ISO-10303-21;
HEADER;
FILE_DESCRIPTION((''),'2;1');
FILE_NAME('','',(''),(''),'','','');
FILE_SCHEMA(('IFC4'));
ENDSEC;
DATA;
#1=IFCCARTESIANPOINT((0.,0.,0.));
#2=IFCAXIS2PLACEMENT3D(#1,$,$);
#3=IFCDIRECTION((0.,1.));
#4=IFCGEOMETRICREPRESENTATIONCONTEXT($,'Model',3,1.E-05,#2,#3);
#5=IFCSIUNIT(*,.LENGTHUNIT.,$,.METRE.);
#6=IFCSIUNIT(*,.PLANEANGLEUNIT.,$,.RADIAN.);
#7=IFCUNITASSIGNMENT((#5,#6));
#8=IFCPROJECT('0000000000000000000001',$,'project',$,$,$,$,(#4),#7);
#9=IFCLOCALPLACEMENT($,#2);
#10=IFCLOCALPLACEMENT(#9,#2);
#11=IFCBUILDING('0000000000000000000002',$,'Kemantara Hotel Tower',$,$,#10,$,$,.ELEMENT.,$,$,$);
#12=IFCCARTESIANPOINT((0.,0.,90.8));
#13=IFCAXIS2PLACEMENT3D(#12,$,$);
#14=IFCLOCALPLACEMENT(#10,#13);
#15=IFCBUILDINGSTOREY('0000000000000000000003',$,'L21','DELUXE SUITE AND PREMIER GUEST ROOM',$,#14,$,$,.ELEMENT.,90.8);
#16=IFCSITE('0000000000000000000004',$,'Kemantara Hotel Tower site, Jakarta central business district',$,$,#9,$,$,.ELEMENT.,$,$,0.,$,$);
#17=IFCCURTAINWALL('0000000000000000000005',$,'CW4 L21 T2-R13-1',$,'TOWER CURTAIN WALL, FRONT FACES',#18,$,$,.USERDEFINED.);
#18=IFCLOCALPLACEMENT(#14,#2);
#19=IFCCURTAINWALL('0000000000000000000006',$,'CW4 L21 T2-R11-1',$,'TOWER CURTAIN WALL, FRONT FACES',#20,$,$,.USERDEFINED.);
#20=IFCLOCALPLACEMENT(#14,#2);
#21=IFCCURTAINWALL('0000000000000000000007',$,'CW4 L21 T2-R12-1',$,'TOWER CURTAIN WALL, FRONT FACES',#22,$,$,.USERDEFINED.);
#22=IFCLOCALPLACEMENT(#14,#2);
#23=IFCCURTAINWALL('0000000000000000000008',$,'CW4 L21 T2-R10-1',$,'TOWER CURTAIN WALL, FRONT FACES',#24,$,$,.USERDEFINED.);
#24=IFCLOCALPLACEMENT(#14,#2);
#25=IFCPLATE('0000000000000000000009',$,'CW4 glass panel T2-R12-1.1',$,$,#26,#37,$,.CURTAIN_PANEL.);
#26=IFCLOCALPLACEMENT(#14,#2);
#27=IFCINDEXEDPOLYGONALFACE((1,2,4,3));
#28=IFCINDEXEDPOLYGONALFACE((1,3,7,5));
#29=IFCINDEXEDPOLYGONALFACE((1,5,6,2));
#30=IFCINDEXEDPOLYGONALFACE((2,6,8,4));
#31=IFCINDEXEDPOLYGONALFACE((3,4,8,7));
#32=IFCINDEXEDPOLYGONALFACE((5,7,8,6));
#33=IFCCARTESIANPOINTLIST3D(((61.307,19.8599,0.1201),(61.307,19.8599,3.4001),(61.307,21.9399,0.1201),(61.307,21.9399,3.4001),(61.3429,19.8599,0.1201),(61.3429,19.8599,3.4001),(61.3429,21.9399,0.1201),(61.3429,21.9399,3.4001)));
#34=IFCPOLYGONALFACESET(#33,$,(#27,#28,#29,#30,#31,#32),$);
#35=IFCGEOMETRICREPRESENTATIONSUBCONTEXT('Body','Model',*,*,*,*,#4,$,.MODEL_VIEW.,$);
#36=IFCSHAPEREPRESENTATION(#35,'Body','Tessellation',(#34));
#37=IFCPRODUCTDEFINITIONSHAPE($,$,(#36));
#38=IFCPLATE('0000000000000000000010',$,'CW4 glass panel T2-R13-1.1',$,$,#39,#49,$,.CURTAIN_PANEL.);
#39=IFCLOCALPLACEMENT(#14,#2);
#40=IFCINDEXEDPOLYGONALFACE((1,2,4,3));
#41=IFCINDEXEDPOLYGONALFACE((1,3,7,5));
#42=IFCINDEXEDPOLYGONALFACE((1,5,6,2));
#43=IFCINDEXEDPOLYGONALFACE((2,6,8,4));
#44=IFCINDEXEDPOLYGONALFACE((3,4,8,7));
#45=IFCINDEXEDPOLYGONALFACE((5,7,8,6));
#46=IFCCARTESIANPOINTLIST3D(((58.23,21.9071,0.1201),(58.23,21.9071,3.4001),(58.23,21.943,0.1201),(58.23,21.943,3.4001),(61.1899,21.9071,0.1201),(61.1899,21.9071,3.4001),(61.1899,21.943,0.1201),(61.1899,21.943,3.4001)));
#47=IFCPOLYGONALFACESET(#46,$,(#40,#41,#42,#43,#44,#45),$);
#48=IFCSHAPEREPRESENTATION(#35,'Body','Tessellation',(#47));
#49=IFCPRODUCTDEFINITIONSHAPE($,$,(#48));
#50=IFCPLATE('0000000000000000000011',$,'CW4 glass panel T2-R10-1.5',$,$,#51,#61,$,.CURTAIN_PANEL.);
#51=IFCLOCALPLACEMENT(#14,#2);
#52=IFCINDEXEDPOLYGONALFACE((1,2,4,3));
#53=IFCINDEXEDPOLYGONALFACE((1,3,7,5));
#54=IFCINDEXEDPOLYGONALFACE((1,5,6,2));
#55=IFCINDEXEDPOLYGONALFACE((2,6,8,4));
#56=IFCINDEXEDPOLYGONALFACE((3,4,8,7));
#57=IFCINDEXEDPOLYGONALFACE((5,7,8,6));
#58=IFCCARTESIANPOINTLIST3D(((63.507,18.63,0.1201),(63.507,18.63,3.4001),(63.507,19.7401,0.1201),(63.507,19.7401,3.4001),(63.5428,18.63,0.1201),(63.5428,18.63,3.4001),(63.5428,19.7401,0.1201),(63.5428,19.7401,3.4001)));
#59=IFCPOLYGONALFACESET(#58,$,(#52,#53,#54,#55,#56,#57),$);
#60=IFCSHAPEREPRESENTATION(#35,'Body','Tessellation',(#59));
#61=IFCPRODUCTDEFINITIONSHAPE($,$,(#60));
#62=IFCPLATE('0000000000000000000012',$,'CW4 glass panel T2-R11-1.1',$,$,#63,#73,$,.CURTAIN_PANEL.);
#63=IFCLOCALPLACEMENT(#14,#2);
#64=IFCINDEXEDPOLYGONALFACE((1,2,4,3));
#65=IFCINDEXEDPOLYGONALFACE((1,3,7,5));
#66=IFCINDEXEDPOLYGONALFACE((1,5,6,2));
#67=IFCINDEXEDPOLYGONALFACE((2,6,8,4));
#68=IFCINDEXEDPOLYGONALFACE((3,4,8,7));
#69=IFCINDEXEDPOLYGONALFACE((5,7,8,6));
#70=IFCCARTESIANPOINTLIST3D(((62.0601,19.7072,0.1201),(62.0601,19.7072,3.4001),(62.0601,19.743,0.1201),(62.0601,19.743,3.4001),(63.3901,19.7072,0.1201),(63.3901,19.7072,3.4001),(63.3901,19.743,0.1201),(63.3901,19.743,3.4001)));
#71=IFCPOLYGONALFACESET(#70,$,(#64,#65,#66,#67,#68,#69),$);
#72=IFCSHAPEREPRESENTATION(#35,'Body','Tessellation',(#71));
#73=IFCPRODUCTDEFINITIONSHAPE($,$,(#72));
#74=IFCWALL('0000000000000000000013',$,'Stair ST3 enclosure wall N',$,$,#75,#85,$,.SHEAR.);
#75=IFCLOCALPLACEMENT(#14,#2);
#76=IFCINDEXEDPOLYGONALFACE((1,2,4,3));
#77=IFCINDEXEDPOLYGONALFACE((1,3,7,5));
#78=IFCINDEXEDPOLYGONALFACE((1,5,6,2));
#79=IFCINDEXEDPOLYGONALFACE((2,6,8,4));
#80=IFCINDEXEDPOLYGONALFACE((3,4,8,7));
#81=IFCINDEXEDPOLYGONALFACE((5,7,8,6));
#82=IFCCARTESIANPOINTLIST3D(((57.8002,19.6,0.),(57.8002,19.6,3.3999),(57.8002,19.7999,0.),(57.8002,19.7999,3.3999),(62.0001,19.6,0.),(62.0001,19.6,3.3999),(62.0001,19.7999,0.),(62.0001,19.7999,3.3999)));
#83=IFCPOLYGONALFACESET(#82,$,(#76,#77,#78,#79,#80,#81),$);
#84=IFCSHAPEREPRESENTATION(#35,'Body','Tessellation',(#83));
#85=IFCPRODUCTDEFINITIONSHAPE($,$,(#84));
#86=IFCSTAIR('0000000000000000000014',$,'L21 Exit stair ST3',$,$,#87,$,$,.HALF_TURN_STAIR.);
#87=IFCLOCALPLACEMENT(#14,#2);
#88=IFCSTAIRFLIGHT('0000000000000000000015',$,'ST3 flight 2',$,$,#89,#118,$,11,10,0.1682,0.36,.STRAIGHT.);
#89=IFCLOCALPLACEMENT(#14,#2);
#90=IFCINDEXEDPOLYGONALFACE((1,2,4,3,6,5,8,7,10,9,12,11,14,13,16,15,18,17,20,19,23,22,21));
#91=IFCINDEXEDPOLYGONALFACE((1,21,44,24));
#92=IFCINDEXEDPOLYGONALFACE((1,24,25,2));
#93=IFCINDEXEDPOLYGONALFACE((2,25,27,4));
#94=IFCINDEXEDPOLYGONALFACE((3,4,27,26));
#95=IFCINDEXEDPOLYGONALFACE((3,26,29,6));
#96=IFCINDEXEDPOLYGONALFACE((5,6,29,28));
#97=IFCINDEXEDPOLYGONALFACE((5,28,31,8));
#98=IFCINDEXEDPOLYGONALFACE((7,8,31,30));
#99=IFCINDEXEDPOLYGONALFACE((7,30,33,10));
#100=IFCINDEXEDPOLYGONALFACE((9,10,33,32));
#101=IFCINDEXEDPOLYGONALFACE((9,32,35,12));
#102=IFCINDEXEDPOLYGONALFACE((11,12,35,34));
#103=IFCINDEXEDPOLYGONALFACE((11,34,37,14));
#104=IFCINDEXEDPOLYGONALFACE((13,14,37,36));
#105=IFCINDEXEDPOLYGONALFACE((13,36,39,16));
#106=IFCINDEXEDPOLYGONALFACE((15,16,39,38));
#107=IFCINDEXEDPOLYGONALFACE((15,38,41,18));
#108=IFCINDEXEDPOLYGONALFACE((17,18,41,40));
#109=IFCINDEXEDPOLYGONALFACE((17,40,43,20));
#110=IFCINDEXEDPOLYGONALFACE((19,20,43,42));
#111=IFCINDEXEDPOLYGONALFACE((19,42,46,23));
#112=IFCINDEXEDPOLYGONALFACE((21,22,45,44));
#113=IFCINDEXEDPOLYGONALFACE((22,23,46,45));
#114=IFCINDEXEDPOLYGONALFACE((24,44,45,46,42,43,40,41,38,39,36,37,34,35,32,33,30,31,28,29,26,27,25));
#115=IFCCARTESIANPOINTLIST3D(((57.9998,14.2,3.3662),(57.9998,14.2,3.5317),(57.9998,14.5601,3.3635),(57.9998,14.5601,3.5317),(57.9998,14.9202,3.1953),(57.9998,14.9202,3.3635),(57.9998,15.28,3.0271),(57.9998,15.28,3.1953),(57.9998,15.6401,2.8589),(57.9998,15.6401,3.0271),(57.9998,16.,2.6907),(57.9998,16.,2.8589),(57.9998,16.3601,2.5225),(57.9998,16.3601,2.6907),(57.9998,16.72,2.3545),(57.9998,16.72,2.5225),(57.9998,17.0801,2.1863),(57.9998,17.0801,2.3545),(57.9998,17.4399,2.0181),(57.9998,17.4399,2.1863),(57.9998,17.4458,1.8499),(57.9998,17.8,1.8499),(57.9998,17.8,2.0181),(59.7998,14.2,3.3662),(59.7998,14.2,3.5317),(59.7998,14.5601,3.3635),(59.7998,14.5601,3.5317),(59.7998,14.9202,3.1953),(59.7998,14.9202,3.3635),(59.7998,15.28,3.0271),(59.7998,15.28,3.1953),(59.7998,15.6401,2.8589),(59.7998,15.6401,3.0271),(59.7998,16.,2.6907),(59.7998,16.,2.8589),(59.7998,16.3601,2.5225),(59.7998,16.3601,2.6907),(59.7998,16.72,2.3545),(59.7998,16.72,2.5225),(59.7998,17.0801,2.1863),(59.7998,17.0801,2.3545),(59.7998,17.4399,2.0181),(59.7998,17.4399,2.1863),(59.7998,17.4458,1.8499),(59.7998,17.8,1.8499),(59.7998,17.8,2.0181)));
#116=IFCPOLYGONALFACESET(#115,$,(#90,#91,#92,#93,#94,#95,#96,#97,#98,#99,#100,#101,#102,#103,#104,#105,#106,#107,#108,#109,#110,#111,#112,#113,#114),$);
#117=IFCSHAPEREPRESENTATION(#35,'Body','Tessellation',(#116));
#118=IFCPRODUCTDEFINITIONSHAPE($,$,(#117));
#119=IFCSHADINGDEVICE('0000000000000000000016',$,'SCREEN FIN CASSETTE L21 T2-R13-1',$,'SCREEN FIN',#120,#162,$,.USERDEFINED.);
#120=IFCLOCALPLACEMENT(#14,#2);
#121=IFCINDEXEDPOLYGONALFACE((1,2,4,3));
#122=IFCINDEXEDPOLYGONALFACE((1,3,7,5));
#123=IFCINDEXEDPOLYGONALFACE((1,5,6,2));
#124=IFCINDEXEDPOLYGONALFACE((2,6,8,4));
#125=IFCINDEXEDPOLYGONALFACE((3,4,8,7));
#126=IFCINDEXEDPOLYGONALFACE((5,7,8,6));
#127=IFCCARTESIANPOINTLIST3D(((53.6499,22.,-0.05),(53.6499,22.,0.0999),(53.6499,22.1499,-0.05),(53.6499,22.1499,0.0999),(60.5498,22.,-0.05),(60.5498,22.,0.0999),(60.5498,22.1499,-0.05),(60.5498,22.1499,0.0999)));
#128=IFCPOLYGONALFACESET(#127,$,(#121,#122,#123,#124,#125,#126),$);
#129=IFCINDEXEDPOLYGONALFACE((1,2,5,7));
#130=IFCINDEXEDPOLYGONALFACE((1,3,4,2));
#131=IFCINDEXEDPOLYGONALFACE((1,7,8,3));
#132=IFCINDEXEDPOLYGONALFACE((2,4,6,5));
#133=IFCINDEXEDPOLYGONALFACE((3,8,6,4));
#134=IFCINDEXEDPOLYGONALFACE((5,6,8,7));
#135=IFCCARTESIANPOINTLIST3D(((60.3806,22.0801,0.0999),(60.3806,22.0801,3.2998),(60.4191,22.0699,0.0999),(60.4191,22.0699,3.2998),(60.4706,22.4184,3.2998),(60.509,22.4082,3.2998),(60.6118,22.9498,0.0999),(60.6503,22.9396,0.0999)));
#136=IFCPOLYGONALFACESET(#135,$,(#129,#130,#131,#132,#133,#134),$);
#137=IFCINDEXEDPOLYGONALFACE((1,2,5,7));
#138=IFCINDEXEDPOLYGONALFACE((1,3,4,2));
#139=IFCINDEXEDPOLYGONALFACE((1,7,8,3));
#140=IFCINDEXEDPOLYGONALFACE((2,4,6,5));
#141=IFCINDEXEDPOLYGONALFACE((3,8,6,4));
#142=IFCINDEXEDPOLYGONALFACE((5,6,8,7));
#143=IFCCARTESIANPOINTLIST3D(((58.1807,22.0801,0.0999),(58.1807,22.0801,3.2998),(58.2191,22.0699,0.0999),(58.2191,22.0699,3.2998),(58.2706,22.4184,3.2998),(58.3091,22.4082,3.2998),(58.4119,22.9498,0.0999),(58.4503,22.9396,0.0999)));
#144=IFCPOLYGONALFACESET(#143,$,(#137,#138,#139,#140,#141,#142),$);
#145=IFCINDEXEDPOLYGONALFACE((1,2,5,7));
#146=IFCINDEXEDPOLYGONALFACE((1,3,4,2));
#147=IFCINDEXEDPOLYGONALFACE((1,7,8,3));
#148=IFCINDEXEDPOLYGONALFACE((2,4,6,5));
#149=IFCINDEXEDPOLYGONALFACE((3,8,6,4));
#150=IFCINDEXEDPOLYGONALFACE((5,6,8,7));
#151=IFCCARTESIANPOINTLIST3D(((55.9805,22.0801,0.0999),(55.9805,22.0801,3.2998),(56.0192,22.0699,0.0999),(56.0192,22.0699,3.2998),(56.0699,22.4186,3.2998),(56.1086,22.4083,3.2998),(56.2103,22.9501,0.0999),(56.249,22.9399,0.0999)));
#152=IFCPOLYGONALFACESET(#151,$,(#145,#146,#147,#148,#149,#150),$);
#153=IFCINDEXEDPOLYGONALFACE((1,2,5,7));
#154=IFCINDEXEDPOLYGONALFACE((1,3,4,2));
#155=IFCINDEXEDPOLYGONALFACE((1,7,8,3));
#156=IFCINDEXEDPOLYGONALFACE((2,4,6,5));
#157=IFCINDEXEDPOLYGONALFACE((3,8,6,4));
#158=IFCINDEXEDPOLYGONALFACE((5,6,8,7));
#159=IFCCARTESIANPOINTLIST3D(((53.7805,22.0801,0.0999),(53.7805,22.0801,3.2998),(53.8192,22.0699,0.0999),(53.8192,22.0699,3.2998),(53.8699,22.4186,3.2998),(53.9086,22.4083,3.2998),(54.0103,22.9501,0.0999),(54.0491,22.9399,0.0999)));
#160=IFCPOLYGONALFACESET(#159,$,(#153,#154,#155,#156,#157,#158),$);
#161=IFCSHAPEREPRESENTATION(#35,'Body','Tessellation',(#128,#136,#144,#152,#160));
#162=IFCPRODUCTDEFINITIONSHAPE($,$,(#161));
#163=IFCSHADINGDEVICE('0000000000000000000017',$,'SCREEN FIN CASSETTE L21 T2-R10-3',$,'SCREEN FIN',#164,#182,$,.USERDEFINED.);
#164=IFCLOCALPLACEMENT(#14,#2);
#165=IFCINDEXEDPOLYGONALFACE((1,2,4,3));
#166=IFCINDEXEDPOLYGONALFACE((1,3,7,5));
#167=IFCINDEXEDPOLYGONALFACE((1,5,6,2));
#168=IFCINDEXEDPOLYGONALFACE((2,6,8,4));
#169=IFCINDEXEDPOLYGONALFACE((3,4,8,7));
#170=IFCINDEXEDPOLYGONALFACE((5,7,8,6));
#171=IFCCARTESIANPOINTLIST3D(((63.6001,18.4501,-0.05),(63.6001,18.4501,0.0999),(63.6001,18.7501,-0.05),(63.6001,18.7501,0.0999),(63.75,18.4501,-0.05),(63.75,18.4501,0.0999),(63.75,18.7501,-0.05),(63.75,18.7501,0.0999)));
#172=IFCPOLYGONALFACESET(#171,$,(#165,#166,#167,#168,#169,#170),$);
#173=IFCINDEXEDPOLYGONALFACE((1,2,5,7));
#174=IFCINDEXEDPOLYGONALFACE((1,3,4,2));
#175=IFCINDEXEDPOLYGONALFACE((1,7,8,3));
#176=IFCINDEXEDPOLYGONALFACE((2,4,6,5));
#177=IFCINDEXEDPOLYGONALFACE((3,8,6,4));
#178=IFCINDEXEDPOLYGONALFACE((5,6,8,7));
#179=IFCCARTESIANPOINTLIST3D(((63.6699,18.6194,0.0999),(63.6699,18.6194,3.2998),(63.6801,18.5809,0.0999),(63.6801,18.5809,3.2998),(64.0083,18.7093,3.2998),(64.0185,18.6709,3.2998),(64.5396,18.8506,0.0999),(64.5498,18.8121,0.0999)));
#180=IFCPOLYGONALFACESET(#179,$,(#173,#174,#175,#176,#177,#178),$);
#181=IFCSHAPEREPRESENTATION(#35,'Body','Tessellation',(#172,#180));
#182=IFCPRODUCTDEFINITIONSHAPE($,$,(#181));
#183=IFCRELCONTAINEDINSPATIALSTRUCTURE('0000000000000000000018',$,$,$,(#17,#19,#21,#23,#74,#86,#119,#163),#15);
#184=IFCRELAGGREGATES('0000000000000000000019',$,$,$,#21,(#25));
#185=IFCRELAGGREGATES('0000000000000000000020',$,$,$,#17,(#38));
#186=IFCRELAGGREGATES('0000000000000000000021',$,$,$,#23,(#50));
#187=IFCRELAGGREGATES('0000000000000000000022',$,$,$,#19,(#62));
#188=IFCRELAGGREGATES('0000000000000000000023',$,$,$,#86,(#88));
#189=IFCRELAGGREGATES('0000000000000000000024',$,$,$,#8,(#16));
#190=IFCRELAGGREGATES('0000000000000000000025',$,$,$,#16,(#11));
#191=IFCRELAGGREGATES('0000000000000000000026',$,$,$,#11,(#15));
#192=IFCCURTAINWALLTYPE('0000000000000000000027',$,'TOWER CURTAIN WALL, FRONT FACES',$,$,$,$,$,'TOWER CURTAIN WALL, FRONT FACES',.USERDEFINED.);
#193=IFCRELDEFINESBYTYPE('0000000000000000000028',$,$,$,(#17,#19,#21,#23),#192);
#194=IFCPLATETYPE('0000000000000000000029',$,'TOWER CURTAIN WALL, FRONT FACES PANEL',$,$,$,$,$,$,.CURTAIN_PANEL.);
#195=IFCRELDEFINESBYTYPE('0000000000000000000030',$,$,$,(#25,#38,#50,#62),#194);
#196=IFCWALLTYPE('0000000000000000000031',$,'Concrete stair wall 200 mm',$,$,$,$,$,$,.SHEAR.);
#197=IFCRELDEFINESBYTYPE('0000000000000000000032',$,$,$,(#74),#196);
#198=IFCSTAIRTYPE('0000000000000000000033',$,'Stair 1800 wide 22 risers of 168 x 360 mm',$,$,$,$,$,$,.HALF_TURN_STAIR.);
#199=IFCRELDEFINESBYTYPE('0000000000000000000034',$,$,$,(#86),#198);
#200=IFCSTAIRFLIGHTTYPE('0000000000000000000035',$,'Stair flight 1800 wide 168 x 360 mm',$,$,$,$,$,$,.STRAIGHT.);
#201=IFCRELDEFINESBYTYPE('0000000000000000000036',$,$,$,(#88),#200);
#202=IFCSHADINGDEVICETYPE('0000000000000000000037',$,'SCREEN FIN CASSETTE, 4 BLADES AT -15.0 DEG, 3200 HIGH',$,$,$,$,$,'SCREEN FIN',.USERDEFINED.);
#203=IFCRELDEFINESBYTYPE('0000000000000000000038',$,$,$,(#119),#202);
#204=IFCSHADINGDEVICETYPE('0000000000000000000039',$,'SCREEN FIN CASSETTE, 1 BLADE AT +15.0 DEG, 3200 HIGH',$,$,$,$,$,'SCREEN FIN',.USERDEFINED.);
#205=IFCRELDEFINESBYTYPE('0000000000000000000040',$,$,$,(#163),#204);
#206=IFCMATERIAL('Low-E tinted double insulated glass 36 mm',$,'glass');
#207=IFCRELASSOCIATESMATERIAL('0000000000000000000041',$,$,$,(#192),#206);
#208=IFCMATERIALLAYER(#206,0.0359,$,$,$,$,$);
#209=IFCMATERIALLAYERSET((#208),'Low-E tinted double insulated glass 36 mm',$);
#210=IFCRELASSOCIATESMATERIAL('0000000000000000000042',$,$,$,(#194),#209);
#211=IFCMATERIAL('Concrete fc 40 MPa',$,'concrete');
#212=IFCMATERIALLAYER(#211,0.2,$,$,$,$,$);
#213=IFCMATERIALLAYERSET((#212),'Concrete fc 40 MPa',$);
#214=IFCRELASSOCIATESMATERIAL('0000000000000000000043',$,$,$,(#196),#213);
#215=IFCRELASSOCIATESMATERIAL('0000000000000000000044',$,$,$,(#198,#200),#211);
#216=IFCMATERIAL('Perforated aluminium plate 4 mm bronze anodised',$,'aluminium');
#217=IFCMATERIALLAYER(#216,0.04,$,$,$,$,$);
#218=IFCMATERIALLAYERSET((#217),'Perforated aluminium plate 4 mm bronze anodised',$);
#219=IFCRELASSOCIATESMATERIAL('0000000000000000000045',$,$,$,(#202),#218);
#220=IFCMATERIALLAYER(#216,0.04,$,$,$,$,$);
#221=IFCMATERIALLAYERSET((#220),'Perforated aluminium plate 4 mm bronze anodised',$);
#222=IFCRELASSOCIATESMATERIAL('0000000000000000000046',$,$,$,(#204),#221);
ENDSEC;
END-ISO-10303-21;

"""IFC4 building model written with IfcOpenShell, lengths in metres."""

from ifc_helpers import new_model, si_unit, direction, frame, frame_2d, origin, origin_2d, place, context, subcontext, project, spatial, polyline, rectangle, outline, extrude, source, transform, mapped, material, layer, layer_set, type_object, element, aggregate, save


model = new_model("IFC4")

# Units and contexts
model_context = context("Model", 3, precision=1e-05, world=origin(), true_north=direction((0.0, 1.0)))
body_context = subcontext(model_context, "Body", "Model", "MODEL_VIEW")
ifc_project = project(units=[si_unit("LENGTHUNIT", "METRE"), si_unit("PLANEANGLEUNIT", "RADIAN")], contexts=[model_context])

# Site, building, storey
site_placement = place(None, origin())
site = spatial("IfcSite", under=ifc_project, at=site_placement, Name="Kemantara Hotel Tower site, Jakarta central business district", CompositionType="ELEMENT", RefElevation=0.0)
building_placement = place(site_placement, origin())
building = spatial("IfcBuilding", under=site, at=building_placement, Name="Kemantara Hotel Tower", CompositionType="ELEMENT")
storey_placement = place(building_placement, frame((0.0, 0.0, 90.8)))
storey = spatial("IfcBuildingStorey", under=building, at=storey_placement, Name="L21", Description="DELUXE SUITE AND PREMIER GUEST ROOM", CompositionType="ELEMENT", Elevation=90.8)

# Curtain walls
ifc_material_1 = material(Name="Low-E tinted double insulated glass 36 mm", Category="glass")
curtain_wall_type = type_object("IfcCurtainWallType", Name="TOWER CURTAIN WALL, FRONT FACES", ElementType="TOWER CURTAIN WALL, FRONT FACES", PredefinedType="USERDEFINED", material=ifc_material_1)
curtain_wall_1_placement = place(storey_placement, origin())
curtain_wall_1 = element("IfcCurtainWall", 1, at=curtain_wall_1_placement, inside=storey, type_object=curtain_wall_type, Name="CW4 L21 T2-R13-1", ObjectType="TOWER CURTAIN WALL, FRONT FACES", PredefinedType="USERDEFINED")
curtain_wall_2_placement = place(storey_placement, origin())
curtain_wall_2 = element("IfcCurtainWall", 2, at=curtain_wall_2_placement, inside=storey, type_object=curtain_wall_type, Name="CW4 L21 T2-R11-1", ObjectType="TOWER CURTAIN WALL, FRONT FACES", PredefinedType="USERDEFINED")
curtain_wall_3_placement = place(storey_placement, origin())
curtain_wall_3 = element("IfcCurtainWall", 3, at=curtain_wall_3_placement, inside=storey, type_object=curtain_wall_type, Name="CW4 L21 T2-R12-1", ObjectType="TOWER CURTAIN WALL, FRONT FACES", PredefinedType="USERDEFINED")

# Curtain wall
curtain_wall_4_placement = place(storey_placement, origin())
curtain_wall_4 = element("IfcCurtainWall", 4, at=curtain_wall_4_placement, inside=storey, type_object=curtain_wall_type, Name="CW4 L21 T2-R10-1", ObjectType="TOWER CURTAIN WALL, FRONT FACES", PredefinedType="USERDEFINED")

# Plates
ifc_layer_1 = layer(ifc_material_1, 0.0359)
ifc_layer_set_1 = layer_set([ifc_layer_1], Name="Low-E tinted double insulated glass 36 mm")
plate_type = type_object("IfcPlateType", Name="TOWER CURTAIN WALL, FRONT FACES PANEL", PredefinedType="CURTAIN_PANEL", material=ifc_layer_set_1)
shared_shape_1 = source(origin(), body_context, "Body", "SweptSolid", [
    extrude(rectangle(XDim=2.0801, YDim=0.0359, at=origin_2d()), origin(), (0.0, 0.0, 1.0), 3.28),
])
plate_1_placement = place(storey_placement, frame((61.325, 20.8999, 0.1201), z_axis=(0.0, 0.0, 1.0), x_axis=(0.0, 1.0, 0.0)))
plate_1 = element("IfcPlate", 5, at=plate_1_placement, type_object=plate_type, Name="CW4 glass panel T2-R12-1.1", PredefinedType="CURTAIN_PANEL", context=body_context, shape_type="MappedRepresentation", body=[
    mapped(shared_shape_1, transform((0.0, 0.0, 0.0))),
])
aggregate(curtain_wall_3, [plate_1])
shared_shape_2 = source(origin(), body_context, "Body", "SweptSolid", [
    extrude(rectangle(XDim=2.96, YDim=0.0359, at=origin_2d()), origin(), (0.0, 0.0, 1.0), 3.28),
])
plate_2_placement = place(storey_placement, frame((59.71, 21.925, 0.1201), z_axis=(0.0, 0.0, 1.0), x_axis=(-1.0, 0.0, 0.0)))
plate_2 = element("IfcPlate", 6, at=plate_2_placement, type_object=plate_type, Name="CW4 glass panel T2-R13-1.1", PredefinedType="CURTAIN_PANEL", context=body_context, shape_type="MappedRepresentation", body=[
    mapped(shared_shape_2, transform((0.0, 0.0, 0.0))),
])
aggregate(curtain_wall_1, [plate_2])
shared_shape_3 = source(origin(), body_context, "Body", "SweptSolid", [
    extrude(rectangle(XDim=1.1101, YDim=0.0359, at=origin_2d()), origin(), (0.0, 0.0, 1.0), 3.28),
])
plate_3_placement = place(storey_placement, frame((63.5249, 19.1851, 0.1201), z_axis=(0.0, 0.0, 1.0), x_axis=(0.0, 1.0, 0.0)))
plate_3 = element("IfcPlate", 7, at=plate_3_placement, type_object=plate_type, Name="CW4 glass panel T2-R10-1.5", PredefinedType="CURTAIN_PANEL", context=body_context, shape_type="MappedRepresentation", body=[
    mapped(shared_shape_3, transform((0.0, 0.0, 0.0))),
])
aggregate(curtain_wall_4, [plate_3])
shared_shape_4 = source(origin(), body_context, "Body", "SweptSolid", [
    extrude(rectangle(XDim=1.3301, YDim=0.0359, at=origin_2d()), origin(), (0.0, 0.0, 1.0), 3.28),
])
plate_4_placement = place(storey_placement, frame((62.7251, 19.7251, 0.1201), z_axis=(0.0, 0.0, 1.0), x_axis=(-1.0, 0.0, 0.0)))
plate_4 = element("IfcPlate", 8, at=plate_4_placement, type_object=plate_type, Name="CW4 glass panel T2-R11-1.1", PredefinedType="CURTAIN_PANEL", context=body_context, shape_type="MappedRepresentation", body=[
    mapped(shared_shape_4, transform((0.0, 0.0, 0.0))),
])
aggregate(curtain_wall_2, [plate_4])

# Wall
ifc_material_2 = material(Name="Concrete fc 40 MPa", Category="concrete")
ifc_layer_2 = layer(ifc_material_2, 0.2)
ifc_layer_set_2 = layer_set([ifc_layer_2], Name="Concrete fc 40 MPa")
wall_type = type_object("IfcWallType", Name="Concrete stair wall 200 mm", PredefinedType="SHEAR", material=ifc_layer_set_2)
wall_placement = place(storey_placement, frame((57.8, 19.7, 0.0), z_axis=(0.0, 0.0, 1.0), x_axis=(1.0, 0.0, 0.0)))
element("IfcWall", 9, at=wall_placement, inside=storey, type_object=wall_type, Name="Stair ST3 enclosure wall N", PredefinedType="SHEAR", context=body_context, shape_type="SweptSolid", body=[
    extrude(rectangle(XDim=4.2, YDim=0.2, at=frame_2d((2.1001, 0.0))), origin(), (0.0, 0.0, 1.0), 3.3999),
])

# Stair, stair flight
stair_type = type_object("IfcStairType", Name="Stair 1800 wide 22 risers of 168 x 360 mm", PredefinedType="HALF_TURN_STAIR", material=ifc_material_2)
stair_placement = place(storey_placement, origin())
stair = element("IfcStair", 10, at=stair_placement, inside=storey, type_object=stair_type, Name="L21 Exit stair ST3", PredefinedType="HALF_TURN_STAIR")
stair_flight_type = type_object("IfcStairFlightType", Name="Stair flight 1800 wide 168 x 360 mm", PredefinedType="STRAIGHT", material=ifc_material_2)
stair_flight_placement = place(storey_placement, frame((58.8999, 17.8, 1.8499), z_axis=(0.0, 0.0, 1.0), x_axis=(0.0, -1.0, 0.0)))
stair_flight = element("IfcStairFlight", 11, at=stair_flight_placement, type_object=stair_flight_type, Name="ST3 flight 2", NumberOfRisers=11, NumberOfTreads=10, PredefinedType="STRAIGHT", RiserHeight=0.1682, TreadLength=0.36, context=body_context, shape_type="SweptSolid", body=[
    extrude(outline(polyline([(0.0, 0.0), (0.0, 0.1682), (0.3601, 0.1682), (0.3601, 0.3364), (0.72, 0.3364), (0.72, 0.5046), (1.0801, 0.5046), (1.0801, 0.6726), (1.4399, 0.6726), (1.4399, 0.8408), (1.8, 0.8408), (1.8, 1.009), (2.1599, 1.009), (2.1599, 1.1772), (2.52, 1.1772), (2.52, 1.3455), (2.8799, 1.3455), (2.8799, 1.5137), (3.24, 1.5137), (3.24, 1.6819), (3.6001, 1.6819), (3.6001, 1.8501), (3.6001, 1.5164), (0.3542, 0.0), (0.0, 0.0)])), frame((0.0, 0.8999, 0.0), z_axis=(0.0, -1.0, 0.0), x_axis=(1.0, 0.0, 0.0)), (0.0, 0.0, 1.0), 1.8),
])
aggregate(stair, [stair_flight])

# Shading devices
ifc_material_3 = material(Name="Perforated aluminium plate 4 mm bronze anodised", Category="aluminium")
ifc_layer_3 = layer(ifc_material_3, 0.04)
ifc_layer_set_3 = layer_set([ifc_layer_3], Name="Perforated aluminium plate 4 mm bronze anodised")
shading_device_type_1 = type_object("IfcShadingDeviceType", Name="SCREEN FIN CASSETTE, 4 BLADES AT -15.0 DEG, 3200 HIGH", ElementType="SCREEN FIN", PredefinedType="USERDEFINED", material=ifc_layer_set_3)
shared_shape_5 = source(origin(), body_context, "Body", "SweptSolid", [
    extrude(rectangle(XDim=6.8999, YDim=0.1499, at=origin_2d()), frame((3.3, -0.075, -0.1499), z_axis=(0.0, 0.0, 1.0), x_axis=(1.0, 0.0, 0.0)), (0.0, 0.0, 1.0), 0.1499),
    extrude(outline(polyline([(0.0, 0.0), (0.8999, 0.0), (0.3501, 3.2), (0.0, 3.2), (0.0, 0.0)])), frame((0.0193, -0.0801, 0.0), z_axis=(-0.966438, 0.256901, 0.0), x_axis=(-0.256901, -0.966438, 0.0)), (0.0, 0.0, 1.0), 0.0398),
    extrude(outline(polyline([(0.0, 0.0), (0.8999, 0.0), (0.3501, 3.2), (0.0, 3.2), (0.0, 0.0)])), frame((2.2192, -0.0801, 0.0), z_axis=(-0.966438, 0.256901, 0.0), x_axis=(-0.256901, -0.966438, 0.0)), (0.0, 0.0, 1.0), 0.0398),
    extrude(outline(polyline([(0.0, 0.0), (0.8999, 0.0), (0.3501, 3.2), (0.0, 3.2), (0.0, 0.0)])), frame((4.4194, -0.0801, 0.0), z_axis=(-0.966838, 0.255391, 0.0), x_axis=(-0.255391, -0.966838, 0.0)), (0.0, 0.0, 1.0), 0.04),
    extrude(outline(polyline([(0.0, 0.0), (0.8999, 0.0), (0.3501, 3.2), (0.0, 3.2), (0.0, 0.0)])), frame((6.6194, -0.0801, 0.0), z_axis=(-0.966838, 0.255391, 0.0), x_axis=(-0.255391, -0.966838, 0.0)), (0.0, 0.0, 1.0), 0.04),
])
shading_device_1_placement = place(storey_placement, frame((60.3999, 22.0, 0.0999), z_axis=(0.0, 0.0, 1.0), x_axis=(-1.0, 0.0, 0.0)))
element("IfcShadingDevice", 12, at=shading_device_1_placement, inside=storey, type_object=shading_device_type_1, Name="SCREEN FIN CASSETTE L21 T2-R13-1", ObjectType="SCREEN FIN", PredefinedType="USERDEFINED", context=body_context, shape_type="MappedRepresentation", body=[
    mapped(shared_shape_5, transform((0.0, 0.0, 0.0))),
])
ifc_layer_4 = layer(ifc_material_3, 0.04)
ifc_layer_set_4 = layer_set([ifc_layer_4], Name="Perforated aluminium plate 4 mm bronze anodised")
shading_device_type_2 = type_object("IfcShadingDeviceType", Name="SCREEN FIN CASSETTE, 1 BLADE AT +15.0 DEG, 3200 HIGH", ElementType="SCREEN FIN", PredefinedType="USERDEFINED", material=ifc_layer_set_4)
shared_shape_6 = source(origin(), body_context, "Body", "SweptSolid", [
    extrude(rectangle(XDim=0.3, YDim=0.1499, at=origin_2d()), frame((0.0, -0.075, -0.1499), z_axis=(0.0, 0.0, 1.0), x_axis=(1.0, 0.0, 0.0)), (0.0, 0.0, 1.0), 0.1499),
    extrude(outline(polyline([(0.0, 0.0), (0.8999, 0.0), (0.3501, 3.2), (0.0, 3.2), (0.0, 0.0)])), frame((0.0193, -0.0698, 0.0), z_axis=(-0.966438, -0.256901, 0.0), x_axis=(0.256901, -0.966438, 0.0)), (0.0, 0.0, 1.0), 0.0398),
])
shading_device_2_placement = place(storey_placement, frame((63.6001, 18.6001, 0.0999), z_axis=(0.0, 0.0, 1.0), x_axis=(0.0, 1.0, 0.0)))
element("IfcShadingDevice", 13, at=shading_device_2_placement, inside=storey, type_object=shading_device_type_2, Name="SCREEN FIN CASSETTE L21 T2-R10-3", ObjectType="SCREEN FIN", PredefinedType="USERDEFINED", context=body_context, shape_type="MappedRepresentation", body=[
    mapped(shared_shape_6, transform((0.0, 0.0, 0.0))),
])

save(model, "model.ifc")
